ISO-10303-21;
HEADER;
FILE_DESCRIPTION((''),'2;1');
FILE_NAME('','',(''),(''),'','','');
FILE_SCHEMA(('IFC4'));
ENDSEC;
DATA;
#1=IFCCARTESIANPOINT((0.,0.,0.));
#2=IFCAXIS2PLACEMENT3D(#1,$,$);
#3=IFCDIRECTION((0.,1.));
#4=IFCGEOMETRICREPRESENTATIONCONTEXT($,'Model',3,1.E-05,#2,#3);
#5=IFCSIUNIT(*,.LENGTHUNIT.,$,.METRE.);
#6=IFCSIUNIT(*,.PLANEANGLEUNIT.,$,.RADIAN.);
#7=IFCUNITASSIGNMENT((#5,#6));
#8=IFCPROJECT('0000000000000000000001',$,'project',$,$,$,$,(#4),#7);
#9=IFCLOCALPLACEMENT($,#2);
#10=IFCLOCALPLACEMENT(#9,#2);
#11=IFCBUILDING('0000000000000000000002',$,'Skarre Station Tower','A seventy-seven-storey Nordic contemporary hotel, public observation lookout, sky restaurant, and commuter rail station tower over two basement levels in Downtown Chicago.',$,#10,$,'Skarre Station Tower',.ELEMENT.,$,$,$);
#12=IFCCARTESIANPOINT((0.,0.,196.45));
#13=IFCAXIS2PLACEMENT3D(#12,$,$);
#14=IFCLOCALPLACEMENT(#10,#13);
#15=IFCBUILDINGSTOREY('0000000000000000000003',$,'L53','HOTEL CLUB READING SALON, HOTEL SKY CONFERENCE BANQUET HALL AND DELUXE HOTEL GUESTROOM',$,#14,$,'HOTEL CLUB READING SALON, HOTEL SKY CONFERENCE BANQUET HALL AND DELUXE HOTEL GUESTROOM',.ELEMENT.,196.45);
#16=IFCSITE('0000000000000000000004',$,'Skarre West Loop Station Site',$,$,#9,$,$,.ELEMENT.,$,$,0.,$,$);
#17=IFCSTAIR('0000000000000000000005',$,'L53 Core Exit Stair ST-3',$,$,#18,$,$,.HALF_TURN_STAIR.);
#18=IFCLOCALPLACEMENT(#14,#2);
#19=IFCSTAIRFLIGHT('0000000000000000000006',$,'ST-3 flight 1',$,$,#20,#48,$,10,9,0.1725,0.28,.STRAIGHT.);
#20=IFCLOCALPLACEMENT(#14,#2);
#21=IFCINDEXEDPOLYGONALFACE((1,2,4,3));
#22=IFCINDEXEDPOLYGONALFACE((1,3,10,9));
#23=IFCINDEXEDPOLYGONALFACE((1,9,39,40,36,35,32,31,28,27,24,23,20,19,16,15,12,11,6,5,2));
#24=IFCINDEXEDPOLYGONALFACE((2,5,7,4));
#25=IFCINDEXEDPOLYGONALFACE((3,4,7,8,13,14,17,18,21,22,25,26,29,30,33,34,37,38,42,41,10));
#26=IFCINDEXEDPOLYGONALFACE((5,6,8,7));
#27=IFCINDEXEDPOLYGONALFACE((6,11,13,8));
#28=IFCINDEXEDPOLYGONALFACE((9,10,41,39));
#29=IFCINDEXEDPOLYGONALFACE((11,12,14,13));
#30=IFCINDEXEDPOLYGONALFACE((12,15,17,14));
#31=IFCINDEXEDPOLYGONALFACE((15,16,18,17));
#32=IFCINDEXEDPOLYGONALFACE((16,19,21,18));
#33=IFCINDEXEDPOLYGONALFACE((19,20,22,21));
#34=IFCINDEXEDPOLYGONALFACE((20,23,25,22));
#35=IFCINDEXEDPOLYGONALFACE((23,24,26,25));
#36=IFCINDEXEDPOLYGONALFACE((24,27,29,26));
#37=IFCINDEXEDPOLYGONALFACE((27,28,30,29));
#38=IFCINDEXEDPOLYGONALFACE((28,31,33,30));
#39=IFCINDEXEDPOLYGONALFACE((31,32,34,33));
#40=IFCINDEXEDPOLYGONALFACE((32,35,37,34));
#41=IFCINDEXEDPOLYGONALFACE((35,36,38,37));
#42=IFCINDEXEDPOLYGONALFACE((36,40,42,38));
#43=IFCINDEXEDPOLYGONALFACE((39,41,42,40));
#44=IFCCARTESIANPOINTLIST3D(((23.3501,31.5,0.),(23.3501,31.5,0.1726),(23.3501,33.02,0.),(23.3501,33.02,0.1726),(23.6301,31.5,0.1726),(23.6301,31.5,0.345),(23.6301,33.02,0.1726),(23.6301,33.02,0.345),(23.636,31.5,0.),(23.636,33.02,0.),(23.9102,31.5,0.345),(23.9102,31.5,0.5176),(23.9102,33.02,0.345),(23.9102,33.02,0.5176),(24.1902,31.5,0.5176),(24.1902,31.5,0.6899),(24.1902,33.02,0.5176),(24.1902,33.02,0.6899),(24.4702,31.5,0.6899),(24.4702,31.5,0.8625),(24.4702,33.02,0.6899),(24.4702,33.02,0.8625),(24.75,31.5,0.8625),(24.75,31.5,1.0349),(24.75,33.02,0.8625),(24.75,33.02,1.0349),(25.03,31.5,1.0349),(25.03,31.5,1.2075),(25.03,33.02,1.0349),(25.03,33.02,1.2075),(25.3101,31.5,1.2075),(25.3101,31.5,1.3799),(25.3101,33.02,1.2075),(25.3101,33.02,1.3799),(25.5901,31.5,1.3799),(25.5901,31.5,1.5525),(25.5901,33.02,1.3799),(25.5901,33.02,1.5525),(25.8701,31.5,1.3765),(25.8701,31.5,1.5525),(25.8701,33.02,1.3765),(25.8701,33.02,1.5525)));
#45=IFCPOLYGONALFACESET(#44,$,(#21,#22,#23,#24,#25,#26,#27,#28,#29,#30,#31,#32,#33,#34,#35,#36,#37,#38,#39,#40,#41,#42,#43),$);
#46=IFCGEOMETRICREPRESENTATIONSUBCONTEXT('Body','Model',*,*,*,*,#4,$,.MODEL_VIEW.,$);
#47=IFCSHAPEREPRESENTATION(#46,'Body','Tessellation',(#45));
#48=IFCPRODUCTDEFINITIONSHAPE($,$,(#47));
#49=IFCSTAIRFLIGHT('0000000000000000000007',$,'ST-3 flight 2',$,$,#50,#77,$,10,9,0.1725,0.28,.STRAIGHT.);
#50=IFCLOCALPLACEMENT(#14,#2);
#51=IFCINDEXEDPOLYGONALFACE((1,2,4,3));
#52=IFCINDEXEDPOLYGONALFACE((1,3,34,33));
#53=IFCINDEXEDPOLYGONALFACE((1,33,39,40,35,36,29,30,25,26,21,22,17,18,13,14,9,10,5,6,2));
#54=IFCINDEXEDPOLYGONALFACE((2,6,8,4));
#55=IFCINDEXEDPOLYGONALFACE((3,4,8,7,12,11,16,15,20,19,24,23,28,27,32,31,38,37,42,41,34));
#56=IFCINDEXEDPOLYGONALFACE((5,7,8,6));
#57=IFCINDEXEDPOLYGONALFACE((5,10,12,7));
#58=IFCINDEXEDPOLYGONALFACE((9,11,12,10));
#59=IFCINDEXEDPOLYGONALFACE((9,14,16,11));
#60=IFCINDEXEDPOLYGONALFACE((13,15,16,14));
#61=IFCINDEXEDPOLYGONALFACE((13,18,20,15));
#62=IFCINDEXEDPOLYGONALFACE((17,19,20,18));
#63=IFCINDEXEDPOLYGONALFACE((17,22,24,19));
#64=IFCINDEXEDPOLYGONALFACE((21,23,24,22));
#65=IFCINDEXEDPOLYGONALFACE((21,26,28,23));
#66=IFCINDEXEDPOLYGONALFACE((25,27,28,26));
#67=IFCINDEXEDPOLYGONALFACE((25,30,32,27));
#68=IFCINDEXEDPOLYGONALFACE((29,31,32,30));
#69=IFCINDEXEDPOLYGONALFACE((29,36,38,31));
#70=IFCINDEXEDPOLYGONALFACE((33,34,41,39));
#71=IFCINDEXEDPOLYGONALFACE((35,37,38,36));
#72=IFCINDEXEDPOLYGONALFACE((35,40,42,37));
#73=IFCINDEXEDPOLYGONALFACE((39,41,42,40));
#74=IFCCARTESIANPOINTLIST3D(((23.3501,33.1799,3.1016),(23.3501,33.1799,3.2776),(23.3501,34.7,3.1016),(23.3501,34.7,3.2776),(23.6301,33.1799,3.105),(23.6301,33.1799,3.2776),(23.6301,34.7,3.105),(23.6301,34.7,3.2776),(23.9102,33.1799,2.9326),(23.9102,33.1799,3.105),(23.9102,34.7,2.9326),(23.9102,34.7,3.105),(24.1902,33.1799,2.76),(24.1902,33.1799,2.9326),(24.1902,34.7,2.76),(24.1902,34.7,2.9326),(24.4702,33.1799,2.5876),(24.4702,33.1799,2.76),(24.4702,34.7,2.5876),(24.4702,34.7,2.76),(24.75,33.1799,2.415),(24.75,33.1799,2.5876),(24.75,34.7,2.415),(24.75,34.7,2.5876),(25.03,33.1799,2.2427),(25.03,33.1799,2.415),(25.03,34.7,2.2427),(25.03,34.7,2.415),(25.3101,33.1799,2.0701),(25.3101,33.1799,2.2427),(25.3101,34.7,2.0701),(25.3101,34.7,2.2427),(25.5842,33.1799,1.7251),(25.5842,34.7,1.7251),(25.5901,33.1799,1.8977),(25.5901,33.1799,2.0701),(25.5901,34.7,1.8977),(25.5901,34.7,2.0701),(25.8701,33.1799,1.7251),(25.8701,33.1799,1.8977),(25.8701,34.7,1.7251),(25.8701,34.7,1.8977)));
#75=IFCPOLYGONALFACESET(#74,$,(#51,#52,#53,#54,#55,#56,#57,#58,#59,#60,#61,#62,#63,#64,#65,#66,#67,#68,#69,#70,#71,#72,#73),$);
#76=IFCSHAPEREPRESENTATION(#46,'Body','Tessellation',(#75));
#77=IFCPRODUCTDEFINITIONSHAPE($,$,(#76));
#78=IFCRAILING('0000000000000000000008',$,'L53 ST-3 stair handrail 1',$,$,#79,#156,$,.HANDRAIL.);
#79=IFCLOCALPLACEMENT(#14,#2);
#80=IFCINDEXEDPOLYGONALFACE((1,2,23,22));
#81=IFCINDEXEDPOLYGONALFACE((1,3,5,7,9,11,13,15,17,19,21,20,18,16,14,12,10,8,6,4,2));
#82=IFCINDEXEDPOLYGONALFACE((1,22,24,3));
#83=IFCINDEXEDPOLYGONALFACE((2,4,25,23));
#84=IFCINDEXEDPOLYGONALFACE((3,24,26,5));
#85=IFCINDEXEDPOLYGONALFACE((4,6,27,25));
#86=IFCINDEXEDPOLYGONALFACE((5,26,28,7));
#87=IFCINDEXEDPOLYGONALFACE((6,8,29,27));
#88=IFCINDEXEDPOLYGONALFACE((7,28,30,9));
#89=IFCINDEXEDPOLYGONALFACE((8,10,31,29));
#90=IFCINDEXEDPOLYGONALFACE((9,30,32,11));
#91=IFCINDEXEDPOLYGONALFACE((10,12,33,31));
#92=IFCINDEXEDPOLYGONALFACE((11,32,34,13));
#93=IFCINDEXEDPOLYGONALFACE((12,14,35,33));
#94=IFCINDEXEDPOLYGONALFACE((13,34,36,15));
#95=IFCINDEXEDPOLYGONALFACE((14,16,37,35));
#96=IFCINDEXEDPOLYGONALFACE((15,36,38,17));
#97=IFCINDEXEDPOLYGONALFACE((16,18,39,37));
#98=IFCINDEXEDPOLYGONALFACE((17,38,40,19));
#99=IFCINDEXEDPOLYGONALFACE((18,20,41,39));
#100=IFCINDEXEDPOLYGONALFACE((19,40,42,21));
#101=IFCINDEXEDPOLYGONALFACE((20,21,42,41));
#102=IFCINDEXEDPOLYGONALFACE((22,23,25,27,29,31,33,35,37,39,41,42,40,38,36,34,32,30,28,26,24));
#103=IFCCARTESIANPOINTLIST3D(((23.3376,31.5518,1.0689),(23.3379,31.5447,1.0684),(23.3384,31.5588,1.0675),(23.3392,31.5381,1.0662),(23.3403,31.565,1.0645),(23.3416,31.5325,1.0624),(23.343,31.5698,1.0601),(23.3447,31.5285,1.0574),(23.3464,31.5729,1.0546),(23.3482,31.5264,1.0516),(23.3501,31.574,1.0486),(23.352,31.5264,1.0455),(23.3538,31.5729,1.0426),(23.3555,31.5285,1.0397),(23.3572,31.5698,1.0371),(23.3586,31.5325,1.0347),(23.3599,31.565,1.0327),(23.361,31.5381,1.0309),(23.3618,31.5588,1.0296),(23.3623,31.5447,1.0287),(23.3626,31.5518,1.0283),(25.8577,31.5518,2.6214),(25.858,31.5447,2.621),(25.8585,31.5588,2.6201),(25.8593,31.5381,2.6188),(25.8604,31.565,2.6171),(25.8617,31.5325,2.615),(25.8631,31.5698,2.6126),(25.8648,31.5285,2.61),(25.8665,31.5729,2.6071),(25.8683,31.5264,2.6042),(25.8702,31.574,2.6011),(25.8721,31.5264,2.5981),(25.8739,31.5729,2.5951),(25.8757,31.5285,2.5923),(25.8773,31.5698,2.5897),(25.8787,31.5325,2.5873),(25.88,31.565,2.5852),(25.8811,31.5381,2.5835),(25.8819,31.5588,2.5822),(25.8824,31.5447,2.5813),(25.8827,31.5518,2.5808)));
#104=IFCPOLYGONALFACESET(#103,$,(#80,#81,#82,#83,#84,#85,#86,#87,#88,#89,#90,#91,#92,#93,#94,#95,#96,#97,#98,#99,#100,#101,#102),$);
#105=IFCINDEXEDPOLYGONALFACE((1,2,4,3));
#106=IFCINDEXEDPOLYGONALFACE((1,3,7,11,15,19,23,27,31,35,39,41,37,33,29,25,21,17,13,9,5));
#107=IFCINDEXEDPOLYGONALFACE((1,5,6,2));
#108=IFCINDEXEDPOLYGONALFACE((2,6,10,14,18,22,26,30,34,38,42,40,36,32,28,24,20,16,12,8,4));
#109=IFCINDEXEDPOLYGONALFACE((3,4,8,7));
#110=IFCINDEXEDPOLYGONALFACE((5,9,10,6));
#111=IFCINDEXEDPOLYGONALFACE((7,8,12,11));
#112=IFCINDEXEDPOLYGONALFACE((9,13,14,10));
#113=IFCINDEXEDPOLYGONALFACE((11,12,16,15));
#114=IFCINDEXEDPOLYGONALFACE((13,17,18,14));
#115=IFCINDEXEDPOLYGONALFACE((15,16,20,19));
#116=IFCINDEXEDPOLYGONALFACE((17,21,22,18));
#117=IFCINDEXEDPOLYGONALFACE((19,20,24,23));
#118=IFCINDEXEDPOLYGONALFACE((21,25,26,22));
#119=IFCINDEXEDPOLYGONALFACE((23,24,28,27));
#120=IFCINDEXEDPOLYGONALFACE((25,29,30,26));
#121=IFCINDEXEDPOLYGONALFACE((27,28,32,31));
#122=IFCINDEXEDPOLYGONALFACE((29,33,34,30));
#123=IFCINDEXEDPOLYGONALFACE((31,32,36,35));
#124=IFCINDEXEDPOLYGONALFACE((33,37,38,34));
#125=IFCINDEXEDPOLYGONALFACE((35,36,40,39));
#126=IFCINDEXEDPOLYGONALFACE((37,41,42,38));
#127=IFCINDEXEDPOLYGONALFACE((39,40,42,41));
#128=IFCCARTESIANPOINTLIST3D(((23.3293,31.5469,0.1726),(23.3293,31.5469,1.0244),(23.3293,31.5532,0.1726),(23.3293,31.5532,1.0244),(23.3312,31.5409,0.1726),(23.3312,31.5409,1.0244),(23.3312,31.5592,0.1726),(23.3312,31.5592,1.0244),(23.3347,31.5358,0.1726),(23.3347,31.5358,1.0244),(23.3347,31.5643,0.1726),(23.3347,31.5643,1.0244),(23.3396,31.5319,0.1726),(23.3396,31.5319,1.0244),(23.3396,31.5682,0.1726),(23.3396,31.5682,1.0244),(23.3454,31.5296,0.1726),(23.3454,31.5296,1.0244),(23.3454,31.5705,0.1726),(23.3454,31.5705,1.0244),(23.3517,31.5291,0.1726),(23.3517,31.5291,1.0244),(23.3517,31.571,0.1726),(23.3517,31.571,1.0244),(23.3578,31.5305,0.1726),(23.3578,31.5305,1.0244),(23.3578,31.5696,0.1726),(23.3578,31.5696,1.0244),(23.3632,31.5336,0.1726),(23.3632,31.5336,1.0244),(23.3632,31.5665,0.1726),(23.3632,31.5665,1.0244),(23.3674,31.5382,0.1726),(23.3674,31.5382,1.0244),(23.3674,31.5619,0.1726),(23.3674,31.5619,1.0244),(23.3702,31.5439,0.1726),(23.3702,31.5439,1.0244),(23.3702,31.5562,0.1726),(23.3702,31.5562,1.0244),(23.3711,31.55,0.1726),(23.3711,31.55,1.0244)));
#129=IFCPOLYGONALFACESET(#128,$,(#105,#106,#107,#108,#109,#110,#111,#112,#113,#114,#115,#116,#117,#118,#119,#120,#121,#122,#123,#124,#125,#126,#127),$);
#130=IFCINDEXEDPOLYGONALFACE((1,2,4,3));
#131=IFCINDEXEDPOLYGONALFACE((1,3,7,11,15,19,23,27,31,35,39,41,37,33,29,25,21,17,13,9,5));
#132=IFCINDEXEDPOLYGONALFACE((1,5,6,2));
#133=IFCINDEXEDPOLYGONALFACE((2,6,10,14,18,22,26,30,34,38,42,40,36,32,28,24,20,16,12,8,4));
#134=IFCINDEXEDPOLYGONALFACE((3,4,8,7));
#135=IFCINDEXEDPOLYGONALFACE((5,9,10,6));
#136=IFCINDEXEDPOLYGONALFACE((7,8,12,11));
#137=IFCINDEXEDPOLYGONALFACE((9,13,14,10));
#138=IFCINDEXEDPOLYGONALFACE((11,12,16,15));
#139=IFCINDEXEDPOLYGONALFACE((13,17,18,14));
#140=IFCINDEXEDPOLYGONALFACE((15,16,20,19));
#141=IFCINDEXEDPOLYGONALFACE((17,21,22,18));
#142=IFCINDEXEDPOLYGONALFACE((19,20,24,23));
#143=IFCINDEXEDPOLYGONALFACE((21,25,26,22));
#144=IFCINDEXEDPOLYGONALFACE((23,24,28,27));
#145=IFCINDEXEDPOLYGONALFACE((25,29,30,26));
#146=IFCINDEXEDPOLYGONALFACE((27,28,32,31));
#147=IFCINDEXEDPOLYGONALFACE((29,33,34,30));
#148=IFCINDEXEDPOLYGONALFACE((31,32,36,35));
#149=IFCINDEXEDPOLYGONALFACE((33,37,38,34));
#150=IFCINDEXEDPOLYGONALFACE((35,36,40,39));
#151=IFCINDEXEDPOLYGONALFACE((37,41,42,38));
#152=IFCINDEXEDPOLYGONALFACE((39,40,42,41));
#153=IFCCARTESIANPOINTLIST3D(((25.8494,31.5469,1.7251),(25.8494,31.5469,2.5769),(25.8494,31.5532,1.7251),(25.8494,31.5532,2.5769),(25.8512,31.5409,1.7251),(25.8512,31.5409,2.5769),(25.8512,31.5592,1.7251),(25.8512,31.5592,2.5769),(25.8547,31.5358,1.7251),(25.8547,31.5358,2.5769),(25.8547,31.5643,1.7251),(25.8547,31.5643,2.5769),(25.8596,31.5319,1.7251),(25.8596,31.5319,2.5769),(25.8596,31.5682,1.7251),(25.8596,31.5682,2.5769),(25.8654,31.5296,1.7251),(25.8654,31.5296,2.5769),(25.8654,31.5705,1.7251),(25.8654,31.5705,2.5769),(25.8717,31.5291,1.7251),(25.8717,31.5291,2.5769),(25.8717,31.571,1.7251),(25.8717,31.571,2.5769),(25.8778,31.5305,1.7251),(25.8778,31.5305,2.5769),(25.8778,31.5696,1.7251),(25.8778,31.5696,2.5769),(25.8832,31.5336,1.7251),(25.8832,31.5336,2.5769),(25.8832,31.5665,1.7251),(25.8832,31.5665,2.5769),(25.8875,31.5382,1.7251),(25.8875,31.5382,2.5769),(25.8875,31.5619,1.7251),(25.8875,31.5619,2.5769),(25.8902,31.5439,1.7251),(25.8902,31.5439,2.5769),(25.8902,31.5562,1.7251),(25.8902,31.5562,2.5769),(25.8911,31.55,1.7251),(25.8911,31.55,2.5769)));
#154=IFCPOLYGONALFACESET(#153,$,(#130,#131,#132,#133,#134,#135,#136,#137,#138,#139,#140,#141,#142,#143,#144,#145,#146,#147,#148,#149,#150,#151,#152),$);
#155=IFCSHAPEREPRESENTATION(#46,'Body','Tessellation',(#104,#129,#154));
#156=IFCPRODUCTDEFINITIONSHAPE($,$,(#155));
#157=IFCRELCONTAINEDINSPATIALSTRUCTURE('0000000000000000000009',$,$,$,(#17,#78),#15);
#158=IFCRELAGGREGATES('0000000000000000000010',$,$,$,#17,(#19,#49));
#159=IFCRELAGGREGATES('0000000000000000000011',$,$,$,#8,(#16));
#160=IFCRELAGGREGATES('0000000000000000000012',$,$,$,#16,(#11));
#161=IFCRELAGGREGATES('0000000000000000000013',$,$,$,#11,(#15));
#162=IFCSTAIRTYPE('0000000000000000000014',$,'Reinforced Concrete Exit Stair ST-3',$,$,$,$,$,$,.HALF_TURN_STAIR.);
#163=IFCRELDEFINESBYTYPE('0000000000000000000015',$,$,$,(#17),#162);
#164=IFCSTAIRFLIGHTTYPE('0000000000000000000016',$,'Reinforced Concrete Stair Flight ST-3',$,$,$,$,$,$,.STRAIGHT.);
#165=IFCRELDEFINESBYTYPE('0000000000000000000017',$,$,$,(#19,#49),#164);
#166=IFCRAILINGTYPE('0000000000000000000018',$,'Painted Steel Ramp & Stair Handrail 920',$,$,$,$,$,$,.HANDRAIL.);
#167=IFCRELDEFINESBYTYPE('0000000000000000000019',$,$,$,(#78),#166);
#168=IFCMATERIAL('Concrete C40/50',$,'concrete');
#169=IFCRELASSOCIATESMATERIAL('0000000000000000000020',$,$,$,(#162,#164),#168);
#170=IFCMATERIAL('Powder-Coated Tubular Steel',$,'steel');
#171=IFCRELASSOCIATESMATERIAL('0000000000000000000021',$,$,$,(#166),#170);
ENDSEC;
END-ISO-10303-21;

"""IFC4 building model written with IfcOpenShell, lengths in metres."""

from ifc_helpers import new_model, si_unit, direction, frame, origin, origin_2d, place, context, subcontext, project, spatial, polyline, circle, outline, extrude, material, type_object, element, aggregate, save


model = new_model("IFC4")

# Units and contexts
model_context = context("Model", 3, precision=1e-05, world=origin(), true_north=direction((0.0, 1.0)))
body_context = subcontext(model_context, "Body", "Model", "MODEL_VIEW")
ifc_project = project(units=[si_unit("LENGTHUNIT", "METRE"), si_unit("PLANEANGLEUNIT", "RADIAN")], contexts=[model_context])

# Site, building, storey
site_placement = place(None, origin())
site = spatial("IfcSite", under=ifc_project, at=site_placement, Name="Skarre West Loop Station Site", CompositionType="ELEMENT", RefElevation=0.0)
building_placement = place(site_placement, origin())
building = spatial("IfcBuilding", under=site, at=building_placement, Name="Skarre Station Tower", Description="A seventy-seven-storey Nordic contemporary hotel, public observation lookout, sky restaurant, and commuter rail station tower over two basement levels in Downtown Chicago.", LongName="Skarre Station Tower", CompositionType="ELEMENT")
storey_placement = place(building_placement, frame((0.0, 0.0, 196.45)))
storey = spatial("IfcBuildingStorey", under=building, at=storey_placement, Name="L53", Description="HOTEL CLUB READING SALON, HOTEL SKY CONFERENCE BANQUET HALL AND DELUXE HOTEL GUESTROOM", LongName="HOTEL CLUB READING SALON, HOTEL SKY CONFERENCE BANQUET HALL AND DELUXE HOTEL GUESTROOM", CompositionType="ELEMENT", Elevation=196.45)

# Stair, stair flights
ifc_material_1 = material(Name="Concrete C40/50", Category="concrete")
stair_type = type_object("IfcStairType", Name="Reinforced Concrete Exit Stair ST-3", PredefinedType="HALF_TURN_STAIR", material=ifc_material_1)
stair_placement = place(storey_placement, origin())
stair = element("IfcStair", 1, at=stair_placement, inside=storey, type_object=stair_type, Name="L53 Core Exit Stair ST-3", PredefinedType="HALF_TURN_STAIR")
stair_flight_type = type_object("IfcStairFlightType", Name="Reinforced Concrete Stair Flight ST-3", PredefinedType="STRAIGHT", material=ifc_material_1)
stair_flight_1_placement = place(storey_placement, frame((23.3501, 32.26, 0.0), z_axis=(0.0, 0.0, 1.0), x_axis=(1.0, 0.0, 0.0)))
stair_flight_1 = element("IfcStairFlight", 2, at=stair_flight_1_placement, type_object=stair_flight_type, Name="ST-3 flight 1", NumberOfRisers=10, NumberOfTreads=9, PredefinedType="STRAIGHT", RiserHeight=0.1725, TreadLength=0.28, context=body_context, shape_type="SweptSolid", body=[
    extrude(outline(polyline([(0.0, 0.0), (0.0, 0.1726), (0.28, 0.1726), (0.28, 0.345), (0.5601, 0.345), (0.5601, 0.5176), (0.8401, 0.5176), (0.8401, 0.6899), (1.1201, 0.6899), (1.1201, 0.8625), (1.3999, 0.8625), (1.3999, 1.0349), (1.6799, 1.0349), (1.6799, 1.2075), (1.96, 1.2075), (1.96, 1.3799), (2.24, 1.3799), (2.24, 1.5525), (2.52, 1.5525), (2.52, 1.7251), (2.52, 1.3765), (0.2859, 0.0), (0.0, 0.0)])), frame((0.0, 0.76, 0.0), z_axis=(0.0, -1.0, 0.0), x_axis=(1.0, 0.0, 0.0)), (0.0, 0.0, 1.0), 1.52),
])
stair_flight_2_placement = place(storey_placement, frame((25.8701, 33.9399, 1.7251), z_axis=(0.0, 0.0, 1.0), x_axis=(-1.0, 0.0, 0.0)))
stair_flight_2 = element("IfcStairFlight", 3, at=stair_flight_2_placement, type_object=stair_flight_type, Name="ST-3 flight 2", NumberOfRisers=10, NumberOfTreads=9, PredefinedType="STRAIGHT", RiserHeight=0.1725, TreadLength=0.28, context=body_context, shape_type="SweptSolid", body=[
    extrude(outline(polyline([(0.0, 0.0), (0.0, 0.1726), (0.28, 0.1726), (0.28, 0.345), (0.5601, 0.345), (0.5601, 0.5176), (0.8401, 0.5176), (0.8401, 0.6899), (1.1201, 0.6899), (1.1201, 0.8625), (1.3999, 0.8625), (1.3999, 1.0349), (1.6799, 1.0349), (1.6799, 1.2075), (1.96, 1.2075), (1.96, 1.3799), (2.24, 1.3799), (2.24, 1.5525), (2.52, 1.5525), (2.52, 1.7251), (2.52, 1.3765), (0.2859, 0.0), (0.0, 0.0)])), frame((0.0, 0.76, 0.0), z_axis=(0.0, -1.0, 0.0), x_axis=(1.0, 0.0, 0.0)), (0.0, 0.0, 1.0), 1.52),
])
aggregate(stair, [stair_flight_1, stair_flight_2])

# Railing
ifc_material_2 = material(Name="Powder-Coated Tubular Steel", Category="steel")
railing_type_1 = type_object("IfcRailingType", Name="Painted Steel Ramp & Stair Handrail 920", PredefinedType="HANDRAIL", material=ifc_material_2)
railing_1_placement = place(storey_placement, frame((23.3501, 31.55, 0.1726)))
element("IfcRailing", 4, at=railing_1_placement, inside=storey, type_object=railing_type_1, Name="L53 ST-3 stair handrail 1", PredefinedType="HANDRAIL", context=body_context, shape_type="SweptSolid", body=[
    extrude(circle(Radius=0.0239, at=origin_2d()), frame((0.0, 0.0, 0.876), z_axis=(0.8514, 0.0, 0.524516), x_axis=(0.0, 1.0, 0.0)), (0.0, 0.0, 1.0), 2.96),
    extrude(circle(Radius=0.021, at=origin_2d()), origin(), (0.0, 0.0, 1.0), 0.8518),
    extrude(circle(Radius=0.021, at=origin_2d()), frame((2.52, 0.0, 1.5525)), (0.0, 0.0, 1.0), 0.8518),
])

save(model, "model.ifc")
